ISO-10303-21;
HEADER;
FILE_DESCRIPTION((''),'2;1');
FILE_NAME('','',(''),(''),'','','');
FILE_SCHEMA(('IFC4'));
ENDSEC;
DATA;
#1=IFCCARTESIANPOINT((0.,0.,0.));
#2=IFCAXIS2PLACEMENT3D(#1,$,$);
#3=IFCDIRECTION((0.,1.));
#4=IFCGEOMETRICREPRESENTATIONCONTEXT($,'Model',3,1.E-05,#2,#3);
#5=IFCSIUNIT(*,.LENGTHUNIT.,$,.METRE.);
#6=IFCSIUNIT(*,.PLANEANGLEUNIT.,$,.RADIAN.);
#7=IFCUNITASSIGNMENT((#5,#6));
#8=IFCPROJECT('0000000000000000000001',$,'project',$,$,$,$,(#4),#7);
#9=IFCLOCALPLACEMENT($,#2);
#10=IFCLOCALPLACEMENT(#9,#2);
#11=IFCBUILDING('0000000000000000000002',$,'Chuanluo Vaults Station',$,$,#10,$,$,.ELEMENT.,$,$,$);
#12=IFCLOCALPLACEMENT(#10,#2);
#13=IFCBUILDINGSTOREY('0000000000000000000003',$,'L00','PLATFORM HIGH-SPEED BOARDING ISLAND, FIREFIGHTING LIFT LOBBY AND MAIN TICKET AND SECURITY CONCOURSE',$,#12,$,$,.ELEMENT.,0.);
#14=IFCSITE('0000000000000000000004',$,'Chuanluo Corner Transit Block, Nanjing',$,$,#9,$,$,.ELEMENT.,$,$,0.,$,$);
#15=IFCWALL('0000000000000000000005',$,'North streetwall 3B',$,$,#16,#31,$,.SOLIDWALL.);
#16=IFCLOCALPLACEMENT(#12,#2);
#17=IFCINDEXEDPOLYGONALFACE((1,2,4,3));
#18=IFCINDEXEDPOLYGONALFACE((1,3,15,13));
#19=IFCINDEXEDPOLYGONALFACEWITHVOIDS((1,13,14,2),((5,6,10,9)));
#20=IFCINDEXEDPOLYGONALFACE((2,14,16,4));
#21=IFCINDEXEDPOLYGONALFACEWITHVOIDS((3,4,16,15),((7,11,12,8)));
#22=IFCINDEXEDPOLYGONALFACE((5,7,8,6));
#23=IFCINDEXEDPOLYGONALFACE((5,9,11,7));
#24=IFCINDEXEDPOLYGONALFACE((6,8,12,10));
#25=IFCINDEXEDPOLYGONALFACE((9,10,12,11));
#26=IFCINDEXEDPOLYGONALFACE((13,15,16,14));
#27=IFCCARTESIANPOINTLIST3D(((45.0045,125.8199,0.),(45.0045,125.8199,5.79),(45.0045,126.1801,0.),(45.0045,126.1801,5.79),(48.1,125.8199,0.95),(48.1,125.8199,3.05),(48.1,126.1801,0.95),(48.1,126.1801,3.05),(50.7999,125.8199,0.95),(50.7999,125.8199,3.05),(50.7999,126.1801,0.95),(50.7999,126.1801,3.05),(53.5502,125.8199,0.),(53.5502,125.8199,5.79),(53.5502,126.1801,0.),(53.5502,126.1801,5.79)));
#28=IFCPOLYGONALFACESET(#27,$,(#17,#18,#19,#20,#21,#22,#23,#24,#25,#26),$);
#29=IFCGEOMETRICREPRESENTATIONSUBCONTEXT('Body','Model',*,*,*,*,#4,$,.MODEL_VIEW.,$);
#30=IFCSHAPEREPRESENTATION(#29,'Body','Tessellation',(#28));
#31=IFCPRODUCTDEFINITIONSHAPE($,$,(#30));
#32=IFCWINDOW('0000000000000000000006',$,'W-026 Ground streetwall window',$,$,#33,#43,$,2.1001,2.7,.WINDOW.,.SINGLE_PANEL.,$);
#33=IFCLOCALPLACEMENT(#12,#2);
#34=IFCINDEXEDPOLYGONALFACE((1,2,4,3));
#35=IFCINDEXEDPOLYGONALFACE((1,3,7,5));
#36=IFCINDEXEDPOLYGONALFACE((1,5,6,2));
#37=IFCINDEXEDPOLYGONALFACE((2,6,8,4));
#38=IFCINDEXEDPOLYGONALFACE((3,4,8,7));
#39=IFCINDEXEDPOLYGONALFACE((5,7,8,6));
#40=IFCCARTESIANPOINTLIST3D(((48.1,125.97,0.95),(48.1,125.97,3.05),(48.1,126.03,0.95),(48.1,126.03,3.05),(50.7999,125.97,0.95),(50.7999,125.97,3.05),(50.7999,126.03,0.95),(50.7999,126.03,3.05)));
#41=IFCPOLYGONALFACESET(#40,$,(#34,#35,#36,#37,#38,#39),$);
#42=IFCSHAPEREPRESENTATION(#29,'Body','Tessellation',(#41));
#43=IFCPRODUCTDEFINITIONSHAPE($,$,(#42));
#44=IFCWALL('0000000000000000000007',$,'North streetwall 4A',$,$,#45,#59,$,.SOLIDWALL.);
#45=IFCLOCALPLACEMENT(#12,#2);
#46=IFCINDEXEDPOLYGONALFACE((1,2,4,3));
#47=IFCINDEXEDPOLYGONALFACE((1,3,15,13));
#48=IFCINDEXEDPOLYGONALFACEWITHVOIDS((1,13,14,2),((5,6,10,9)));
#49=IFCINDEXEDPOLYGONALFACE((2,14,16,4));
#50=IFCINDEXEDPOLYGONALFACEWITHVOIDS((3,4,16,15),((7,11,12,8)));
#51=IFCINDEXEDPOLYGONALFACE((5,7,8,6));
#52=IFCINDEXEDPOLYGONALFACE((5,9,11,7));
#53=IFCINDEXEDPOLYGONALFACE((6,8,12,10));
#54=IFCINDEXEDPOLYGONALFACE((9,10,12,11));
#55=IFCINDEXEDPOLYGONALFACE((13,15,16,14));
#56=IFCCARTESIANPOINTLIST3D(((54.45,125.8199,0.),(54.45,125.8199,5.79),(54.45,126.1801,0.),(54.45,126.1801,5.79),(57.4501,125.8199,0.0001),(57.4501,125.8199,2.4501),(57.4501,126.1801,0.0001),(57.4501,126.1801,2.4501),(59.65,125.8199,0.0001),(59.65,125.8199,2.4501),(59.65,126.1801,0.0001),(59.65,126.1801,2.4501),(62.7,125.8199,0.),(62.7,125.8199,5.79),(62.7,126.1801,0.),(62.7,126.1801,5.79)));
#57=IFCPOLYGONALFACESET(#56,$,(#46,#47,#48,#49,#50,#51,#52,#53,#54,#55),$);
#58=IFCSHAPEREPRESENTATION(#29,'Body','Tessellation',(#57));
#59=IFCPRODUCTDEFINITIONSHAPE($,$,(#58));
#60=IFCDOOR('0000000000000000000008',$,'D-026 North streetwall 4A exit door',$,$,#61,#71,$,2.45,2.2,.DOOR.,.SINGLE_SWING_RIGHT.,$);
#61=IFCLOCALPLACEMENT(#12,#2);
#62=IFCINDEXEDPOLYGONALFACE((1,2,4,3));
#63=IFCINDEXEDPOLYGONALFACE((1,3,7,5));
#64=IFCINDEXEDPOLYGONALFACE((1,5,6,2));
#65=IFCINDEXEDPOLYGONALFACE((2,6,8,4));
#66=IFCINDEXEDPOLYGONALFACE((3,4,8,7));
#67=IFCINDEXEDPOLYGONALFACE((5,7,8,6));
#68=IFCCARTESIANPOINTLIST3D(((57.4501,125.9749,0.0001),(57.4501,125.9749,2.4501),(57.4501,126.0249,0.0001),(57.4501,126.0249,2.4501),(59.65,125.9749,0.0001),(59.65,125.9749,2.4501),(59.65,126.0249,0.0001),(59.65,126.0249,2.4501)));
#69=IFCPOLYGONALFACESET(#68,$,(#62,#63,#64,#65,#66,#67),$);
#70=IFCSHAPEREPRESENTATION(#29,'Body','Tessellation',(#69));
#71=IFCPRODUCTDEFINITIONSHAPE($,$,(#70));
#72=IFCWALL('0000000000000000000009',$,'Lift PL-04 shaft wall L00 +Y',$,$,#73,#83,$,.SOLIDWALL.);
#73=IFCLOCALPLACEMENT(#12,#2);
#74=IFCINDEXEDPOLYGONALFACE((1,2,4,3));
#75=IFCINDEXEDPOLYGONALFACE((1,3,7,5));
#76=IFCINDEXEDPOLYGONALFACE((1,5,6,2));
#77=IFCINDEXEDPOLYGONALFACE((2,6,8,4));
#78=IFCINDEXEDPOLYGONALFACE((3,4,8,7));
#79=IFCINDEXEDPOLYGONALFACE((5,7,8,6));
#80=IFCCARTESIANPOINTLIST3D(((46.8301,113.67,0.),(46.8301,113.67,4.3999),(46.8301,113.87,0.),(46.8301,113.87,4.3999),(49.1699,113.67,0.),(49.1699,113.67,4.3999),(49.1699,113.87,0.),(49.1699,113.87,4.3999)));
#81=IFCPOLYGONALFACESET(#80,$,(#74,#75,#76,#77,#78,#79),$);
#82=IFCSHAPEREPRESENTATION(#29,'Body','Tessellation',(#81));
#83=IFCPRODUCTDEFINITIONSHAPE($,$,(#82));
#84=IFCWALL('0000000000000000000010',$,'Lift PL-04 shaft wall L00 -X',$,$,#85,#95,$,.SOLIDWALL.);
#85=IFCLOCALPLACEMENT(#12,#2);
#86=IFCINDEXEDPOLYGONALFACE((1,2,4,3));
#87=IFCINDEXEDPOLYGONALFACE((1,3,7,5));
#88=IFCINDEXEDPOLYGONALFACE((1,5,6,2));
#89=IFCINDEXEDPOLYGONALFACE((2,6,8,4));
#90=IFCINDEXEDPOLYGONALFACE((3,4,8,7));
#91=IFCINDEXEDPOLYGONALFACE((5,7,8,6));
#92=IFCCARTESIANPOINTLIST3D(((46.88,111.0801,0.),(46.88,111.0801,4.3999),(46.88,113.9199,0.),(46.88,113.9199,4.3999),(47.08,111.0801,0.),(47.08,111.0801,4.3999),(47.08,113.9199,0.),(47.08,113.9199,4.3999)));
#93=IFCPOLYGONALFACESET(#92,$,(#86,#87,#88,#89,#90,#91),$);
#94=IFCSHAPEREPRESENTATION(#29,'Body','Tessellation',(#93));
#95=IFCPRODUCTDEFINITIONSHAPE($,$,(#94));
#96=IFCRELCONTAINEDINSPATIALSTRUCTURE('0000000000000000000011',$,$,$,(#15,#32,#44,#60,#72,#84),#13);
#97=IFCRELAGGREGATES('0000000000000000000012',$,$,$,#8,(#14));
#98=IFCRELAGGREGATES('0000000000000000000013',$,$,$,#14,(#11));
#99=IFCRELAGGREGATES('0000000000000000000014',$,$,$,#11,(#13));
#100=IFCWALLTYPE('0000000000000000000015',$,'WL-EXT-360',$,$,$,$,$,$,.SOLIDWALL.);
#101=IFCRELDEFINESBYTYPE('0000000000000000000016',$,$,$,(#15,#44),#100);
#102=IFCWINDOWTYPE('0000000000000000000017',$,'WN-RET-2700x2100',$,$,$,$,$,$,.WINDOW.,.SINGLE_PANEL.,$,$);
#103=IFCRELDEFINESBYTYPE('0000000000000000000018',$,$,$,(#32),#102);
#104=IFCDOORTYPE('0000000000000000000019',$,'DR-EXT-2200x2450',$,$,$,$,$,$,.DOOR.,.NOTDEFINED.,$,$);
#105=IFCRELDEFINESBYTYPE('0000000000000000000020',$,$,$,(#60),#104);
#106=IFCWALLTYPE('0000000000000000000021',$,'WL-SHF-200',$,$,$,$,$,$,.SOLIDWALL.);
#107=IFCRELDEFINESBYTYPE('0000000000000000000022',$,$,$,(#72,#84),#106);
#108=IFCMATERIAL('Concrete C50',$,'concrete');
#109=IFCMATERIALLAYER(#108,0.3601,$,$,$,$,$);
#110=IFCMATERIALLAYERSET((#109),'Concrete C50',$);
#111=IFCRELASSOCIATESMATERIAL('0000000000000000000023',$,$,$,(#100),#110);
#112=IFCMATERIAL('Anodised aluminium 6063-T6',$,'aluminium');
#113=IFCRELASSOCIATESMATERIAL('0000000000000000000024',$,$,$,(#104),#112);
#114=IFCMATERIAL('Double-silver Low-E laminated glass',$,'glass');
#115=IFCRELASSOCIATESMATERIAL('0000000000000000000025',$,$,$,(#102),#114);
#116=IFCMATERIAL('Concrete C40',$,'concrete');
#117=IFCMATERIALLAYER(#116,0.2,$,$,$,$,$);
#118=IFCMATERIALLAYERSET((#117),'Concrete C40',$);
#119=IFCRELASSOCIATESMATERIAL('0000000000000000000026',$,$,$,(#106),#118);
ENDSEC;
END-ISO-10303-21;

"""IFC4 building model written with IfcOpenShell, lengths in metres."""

from ifc_helpers import new_model, si_unit, direction, frame, frame_2d, origin, place, context, subcontext, project, spatial, rectangle, extrude, material, layer, layer_set, type_object, element, fill, save


model = new_model("IFC4")

# Units and contexts
model_context = context("Model", 3, precision=1e-05, world=origin(), true_north=direction((0.0, 1.0)))
body_context = subcontext(model_context, "Body", "Model", "MODEL_VIEW")
ifc_project = project(units=[si_unit("LENGTHUNIT", "METRE"), si_unit("PLANEANGLEUNIT", "RADIAN")], contexts=[model_context])

# Site, building, storey
site_placement = place(None, origin())
site = spatial("IfcSite", under=ifc_project, at=site_placement, Name="Chuanluo Corner Transit Block, Nanjing", CompositionType="ELEMENT", RefElevation=0.0)
building_placement = place(site_placement, origin())
building = spatial("IfcBuilding", under=site, at=building_placement, Name="Chuanluo Vaults Station", CompositionType="ELEMENT")
storey_placement = place(building_placement, origin())
storey = spatial("IfcBuildingStorey", under=building, at=storey_placement, Name="L00", Description="PLATFORM HIGH-SPEED BOARDING ISLAND, FIREFIGHTING LIFT LOBBY AND MAIN TICKET AND SECURITY CONCOURSE", CompositionType="ELEMENT", Elevation=0.0)

# Shared definitions
ifc_material_1 = material(Name="Concrete C50", Category="concrete")
ifc_layer_1 = layer(ifc_material_1, 0.3601)
ifc_layer_set_1 = layer_set([ifc_layer_1], Name="Concrete C50")
wall_type_1 = type_object("IfcWallType", Name="WL-EXT-360", PredefinedType="SOLIDWALL", material=ifc_layer_set_1)
ifc_material_2 = material(Name="Anodised aluminium 6063-T6", Category="aluminium")
door_type_1 = type_object("IfcDoorType", Name="DR-EXT-2200x2450", OperationType="NOTDEFINED", PredefinedType="DOOR", material=ifc_material_2)

# Wall, opening, window
wall_1_placement = place(storey_placement, frame((45.0044, 126.0, 0.0), z_axis=(0.0, 0.0, 1.0), x_axis=(1.0, 0.0, 0.0)))
wall_1 = element("IfcWall", 1, at=wall_1_placement, inside=storey, type_object=wall_type_1, Name="North streetwall 3B", PredefinedType="SOLIDWALL", context=body_context, shape_type="SweptSolid", body=[
    extrude(rectangle(XDim=8.5457, YDim=0.3601, at=frame_2d((4.2729, 0.0))), origin(), (0.0, 0.0, 1.0), 5.79),
])
opening_1_placement = place(wall_1_placement, frame((3.0955, 0.0, 0.95)))
opening_1 = element("IfcOpeningElement", 2, at=opening_1_placement, cuts=wall_1, PredefinedType="OPENING", context=body_context, shape_type="SweptSolid", body=[
    extrude(rectangle(XDim=2.7, YDim=2.1001, at=frame_2d((1.3501, 1.05))), frame((0.0, 0.1902, 0.0), z_axis=(0.0, -1.0, 0.0), x_axis=(1.0, 0.0, 0.0)), (0.0, 0.0, 1.0), 0.3801),
])
ifc_material_3 = material(Name="Double-silver Low-E laminated glass", Category="glass")
window_type = type_object("IfcWindowType", Name="WN-RET-2700x2100", PartitioningType="SINGLE_PANEL", PredefinedType="WINDOW", material=ifc_material_3)
window_placement = place(opening_1_placement, origin())
window = element("IfcWindow", 3, at=window_placement, inside=storey, type_object=window_type, Name="W-026 Ground streetwall window", OverallHeight=2.1001, OverallWidth=2.7, PartitioningType="SINGLE_PANEL", PredefinedType="WINDOW", context=body_context, shape_type="SweptSolid", body=[
    extrude(rectangle(XDim=2.7, YDim=2.1001, at=frame_2d((1.3501, 1.05))), frame((0.0, 0.03, 0.0), z_axis=(0.0, -1.0, 0.0), x_axis=(1.0, 0.0, 0.0)), (0.0, 0.0, 1.0), 0.0601),
])
fill(opening_1, window)

# Wall, opening, door
wall_2_placement = place(storey_placement, frame((54.45, 126.0, 0.0), z_axis=(0.0, 0.0, 1.0), x_axis=(1.0, 0.0, 0.0)))
wall_2 = element("IfcWall", 4, at=wall_2_placement, inside=storey, type_object=wall_type_1, Name="North streetwall 4A", PredefinedType="SOLIDWALL", context=body_context, shape_type="SweptSolid", body=[
    extrude(rectangle(XDim=8.25, YDim=0.3601, at=frame_2d((4.125, 0.0))), origin(), (0.0, 0.0, 1.0), 5.79),
])
opening_2_placement = place(wall_2_placement, frame((3.0, 0.0, 0.0)))
opening_2 = element("IfcOpeningElement", 5, at=opening_2_placement, cuts=wall_2, PredefinedType="OPENING", context=body_context, shape_type="SweptSolid", body=[
    extrude(rectangle(XDim=2.2, YDim=2.45, at=frame_2d((1.1001, 1.2251))), frame((0.0, 0.1902, 0.0), z_axis=(0.0, -1.0, 0.0), x_axis=(1.0, 0.0, 0.0)), (0.0, 0.0, 1.0), 0.3801),
])
door_1_placement = place(opening_2_placement, origin())
door_1 = element("IfcDoor", 6, at=door_1_placement, inside=storey, type_object=door_type_1, Name="D-026 North streetwall 4A exit door", OperationType="SINGLE_SWING_RIGHT", OverallHeight=2.45, OverallWidth=2.2, PredefinedType="DOOR", context=body_context, shape_type="SweptSolid", body=[
    extrude(rectangle(XDim=2.2, YDim=2.45, at=frame_2d((1.1001, 1.2251))), frame((0.0, 0.0249, 0.0), z_axis=(0.0, -1.0, 0.0), x_axis=(1.0, 0.0, 0.0)), (0.0, 0.0, 1.0), 0.05),
])
fill(opening_2, door_1)
ifc_material_4 = material(Name="Concrete C40", Category="concrete")
ifc_layer_2 = layer(ifc_material_4, 0.2)
ifc_layer_set_2 = layer_set([ifc_layer_2], Name="Concrete C40")
wall_type_2 = type_object("IfcWallType", Name="WL-SHF-200", PredefinedType="SOLIDWALL", material=ifc_layer_set_2)

# Walls
wall_3_placement = place(storey_placement, frame((49.1699, 113.77, 0.0), z_axis=(0.0, 0.0, 1.0), x_axis=(-1.0, 0.0, 0.0)))
element("IfcWall", 7, at=wall_3_placement, inside=storey, type_object=wall_type_2, Name="Lift PL-04 shaft wall L00 +Y", PredefinedType="SOLIDWALL", context=body_context, shape_type="SweptSolid", body=[
    extrude(rectangle(XDim=2.3398, YDim=0.2, at=frame_2d((1.1699, 0.0))), origin(), (0.0, 0.0, 1.0), 4.3999),
])
wall_4_placement = place(storey_placement, frame((46.98, 113.9199, 0.0), z_axis=(0.0, 0.0, 1.0), x_axis=(0.0, -1.0, 0.0)))
element("IfcWall", 8, at=wall_4_placement, inside=storey, type_object=wall_type_2, Name="Lift PL-04 shaft wall L00 -X", PredefinedType="SOLIDWALL", context=body_context, shape_type="SweptSolid", body=[
    extrude(rectangle(XDim=2.8398, YDim=0.2, at=frame_2d((1.4199, 0.0))), origin(), (0.0, 0.0, 1.0), 4.3999),
])

save(model, "model.ifc")
